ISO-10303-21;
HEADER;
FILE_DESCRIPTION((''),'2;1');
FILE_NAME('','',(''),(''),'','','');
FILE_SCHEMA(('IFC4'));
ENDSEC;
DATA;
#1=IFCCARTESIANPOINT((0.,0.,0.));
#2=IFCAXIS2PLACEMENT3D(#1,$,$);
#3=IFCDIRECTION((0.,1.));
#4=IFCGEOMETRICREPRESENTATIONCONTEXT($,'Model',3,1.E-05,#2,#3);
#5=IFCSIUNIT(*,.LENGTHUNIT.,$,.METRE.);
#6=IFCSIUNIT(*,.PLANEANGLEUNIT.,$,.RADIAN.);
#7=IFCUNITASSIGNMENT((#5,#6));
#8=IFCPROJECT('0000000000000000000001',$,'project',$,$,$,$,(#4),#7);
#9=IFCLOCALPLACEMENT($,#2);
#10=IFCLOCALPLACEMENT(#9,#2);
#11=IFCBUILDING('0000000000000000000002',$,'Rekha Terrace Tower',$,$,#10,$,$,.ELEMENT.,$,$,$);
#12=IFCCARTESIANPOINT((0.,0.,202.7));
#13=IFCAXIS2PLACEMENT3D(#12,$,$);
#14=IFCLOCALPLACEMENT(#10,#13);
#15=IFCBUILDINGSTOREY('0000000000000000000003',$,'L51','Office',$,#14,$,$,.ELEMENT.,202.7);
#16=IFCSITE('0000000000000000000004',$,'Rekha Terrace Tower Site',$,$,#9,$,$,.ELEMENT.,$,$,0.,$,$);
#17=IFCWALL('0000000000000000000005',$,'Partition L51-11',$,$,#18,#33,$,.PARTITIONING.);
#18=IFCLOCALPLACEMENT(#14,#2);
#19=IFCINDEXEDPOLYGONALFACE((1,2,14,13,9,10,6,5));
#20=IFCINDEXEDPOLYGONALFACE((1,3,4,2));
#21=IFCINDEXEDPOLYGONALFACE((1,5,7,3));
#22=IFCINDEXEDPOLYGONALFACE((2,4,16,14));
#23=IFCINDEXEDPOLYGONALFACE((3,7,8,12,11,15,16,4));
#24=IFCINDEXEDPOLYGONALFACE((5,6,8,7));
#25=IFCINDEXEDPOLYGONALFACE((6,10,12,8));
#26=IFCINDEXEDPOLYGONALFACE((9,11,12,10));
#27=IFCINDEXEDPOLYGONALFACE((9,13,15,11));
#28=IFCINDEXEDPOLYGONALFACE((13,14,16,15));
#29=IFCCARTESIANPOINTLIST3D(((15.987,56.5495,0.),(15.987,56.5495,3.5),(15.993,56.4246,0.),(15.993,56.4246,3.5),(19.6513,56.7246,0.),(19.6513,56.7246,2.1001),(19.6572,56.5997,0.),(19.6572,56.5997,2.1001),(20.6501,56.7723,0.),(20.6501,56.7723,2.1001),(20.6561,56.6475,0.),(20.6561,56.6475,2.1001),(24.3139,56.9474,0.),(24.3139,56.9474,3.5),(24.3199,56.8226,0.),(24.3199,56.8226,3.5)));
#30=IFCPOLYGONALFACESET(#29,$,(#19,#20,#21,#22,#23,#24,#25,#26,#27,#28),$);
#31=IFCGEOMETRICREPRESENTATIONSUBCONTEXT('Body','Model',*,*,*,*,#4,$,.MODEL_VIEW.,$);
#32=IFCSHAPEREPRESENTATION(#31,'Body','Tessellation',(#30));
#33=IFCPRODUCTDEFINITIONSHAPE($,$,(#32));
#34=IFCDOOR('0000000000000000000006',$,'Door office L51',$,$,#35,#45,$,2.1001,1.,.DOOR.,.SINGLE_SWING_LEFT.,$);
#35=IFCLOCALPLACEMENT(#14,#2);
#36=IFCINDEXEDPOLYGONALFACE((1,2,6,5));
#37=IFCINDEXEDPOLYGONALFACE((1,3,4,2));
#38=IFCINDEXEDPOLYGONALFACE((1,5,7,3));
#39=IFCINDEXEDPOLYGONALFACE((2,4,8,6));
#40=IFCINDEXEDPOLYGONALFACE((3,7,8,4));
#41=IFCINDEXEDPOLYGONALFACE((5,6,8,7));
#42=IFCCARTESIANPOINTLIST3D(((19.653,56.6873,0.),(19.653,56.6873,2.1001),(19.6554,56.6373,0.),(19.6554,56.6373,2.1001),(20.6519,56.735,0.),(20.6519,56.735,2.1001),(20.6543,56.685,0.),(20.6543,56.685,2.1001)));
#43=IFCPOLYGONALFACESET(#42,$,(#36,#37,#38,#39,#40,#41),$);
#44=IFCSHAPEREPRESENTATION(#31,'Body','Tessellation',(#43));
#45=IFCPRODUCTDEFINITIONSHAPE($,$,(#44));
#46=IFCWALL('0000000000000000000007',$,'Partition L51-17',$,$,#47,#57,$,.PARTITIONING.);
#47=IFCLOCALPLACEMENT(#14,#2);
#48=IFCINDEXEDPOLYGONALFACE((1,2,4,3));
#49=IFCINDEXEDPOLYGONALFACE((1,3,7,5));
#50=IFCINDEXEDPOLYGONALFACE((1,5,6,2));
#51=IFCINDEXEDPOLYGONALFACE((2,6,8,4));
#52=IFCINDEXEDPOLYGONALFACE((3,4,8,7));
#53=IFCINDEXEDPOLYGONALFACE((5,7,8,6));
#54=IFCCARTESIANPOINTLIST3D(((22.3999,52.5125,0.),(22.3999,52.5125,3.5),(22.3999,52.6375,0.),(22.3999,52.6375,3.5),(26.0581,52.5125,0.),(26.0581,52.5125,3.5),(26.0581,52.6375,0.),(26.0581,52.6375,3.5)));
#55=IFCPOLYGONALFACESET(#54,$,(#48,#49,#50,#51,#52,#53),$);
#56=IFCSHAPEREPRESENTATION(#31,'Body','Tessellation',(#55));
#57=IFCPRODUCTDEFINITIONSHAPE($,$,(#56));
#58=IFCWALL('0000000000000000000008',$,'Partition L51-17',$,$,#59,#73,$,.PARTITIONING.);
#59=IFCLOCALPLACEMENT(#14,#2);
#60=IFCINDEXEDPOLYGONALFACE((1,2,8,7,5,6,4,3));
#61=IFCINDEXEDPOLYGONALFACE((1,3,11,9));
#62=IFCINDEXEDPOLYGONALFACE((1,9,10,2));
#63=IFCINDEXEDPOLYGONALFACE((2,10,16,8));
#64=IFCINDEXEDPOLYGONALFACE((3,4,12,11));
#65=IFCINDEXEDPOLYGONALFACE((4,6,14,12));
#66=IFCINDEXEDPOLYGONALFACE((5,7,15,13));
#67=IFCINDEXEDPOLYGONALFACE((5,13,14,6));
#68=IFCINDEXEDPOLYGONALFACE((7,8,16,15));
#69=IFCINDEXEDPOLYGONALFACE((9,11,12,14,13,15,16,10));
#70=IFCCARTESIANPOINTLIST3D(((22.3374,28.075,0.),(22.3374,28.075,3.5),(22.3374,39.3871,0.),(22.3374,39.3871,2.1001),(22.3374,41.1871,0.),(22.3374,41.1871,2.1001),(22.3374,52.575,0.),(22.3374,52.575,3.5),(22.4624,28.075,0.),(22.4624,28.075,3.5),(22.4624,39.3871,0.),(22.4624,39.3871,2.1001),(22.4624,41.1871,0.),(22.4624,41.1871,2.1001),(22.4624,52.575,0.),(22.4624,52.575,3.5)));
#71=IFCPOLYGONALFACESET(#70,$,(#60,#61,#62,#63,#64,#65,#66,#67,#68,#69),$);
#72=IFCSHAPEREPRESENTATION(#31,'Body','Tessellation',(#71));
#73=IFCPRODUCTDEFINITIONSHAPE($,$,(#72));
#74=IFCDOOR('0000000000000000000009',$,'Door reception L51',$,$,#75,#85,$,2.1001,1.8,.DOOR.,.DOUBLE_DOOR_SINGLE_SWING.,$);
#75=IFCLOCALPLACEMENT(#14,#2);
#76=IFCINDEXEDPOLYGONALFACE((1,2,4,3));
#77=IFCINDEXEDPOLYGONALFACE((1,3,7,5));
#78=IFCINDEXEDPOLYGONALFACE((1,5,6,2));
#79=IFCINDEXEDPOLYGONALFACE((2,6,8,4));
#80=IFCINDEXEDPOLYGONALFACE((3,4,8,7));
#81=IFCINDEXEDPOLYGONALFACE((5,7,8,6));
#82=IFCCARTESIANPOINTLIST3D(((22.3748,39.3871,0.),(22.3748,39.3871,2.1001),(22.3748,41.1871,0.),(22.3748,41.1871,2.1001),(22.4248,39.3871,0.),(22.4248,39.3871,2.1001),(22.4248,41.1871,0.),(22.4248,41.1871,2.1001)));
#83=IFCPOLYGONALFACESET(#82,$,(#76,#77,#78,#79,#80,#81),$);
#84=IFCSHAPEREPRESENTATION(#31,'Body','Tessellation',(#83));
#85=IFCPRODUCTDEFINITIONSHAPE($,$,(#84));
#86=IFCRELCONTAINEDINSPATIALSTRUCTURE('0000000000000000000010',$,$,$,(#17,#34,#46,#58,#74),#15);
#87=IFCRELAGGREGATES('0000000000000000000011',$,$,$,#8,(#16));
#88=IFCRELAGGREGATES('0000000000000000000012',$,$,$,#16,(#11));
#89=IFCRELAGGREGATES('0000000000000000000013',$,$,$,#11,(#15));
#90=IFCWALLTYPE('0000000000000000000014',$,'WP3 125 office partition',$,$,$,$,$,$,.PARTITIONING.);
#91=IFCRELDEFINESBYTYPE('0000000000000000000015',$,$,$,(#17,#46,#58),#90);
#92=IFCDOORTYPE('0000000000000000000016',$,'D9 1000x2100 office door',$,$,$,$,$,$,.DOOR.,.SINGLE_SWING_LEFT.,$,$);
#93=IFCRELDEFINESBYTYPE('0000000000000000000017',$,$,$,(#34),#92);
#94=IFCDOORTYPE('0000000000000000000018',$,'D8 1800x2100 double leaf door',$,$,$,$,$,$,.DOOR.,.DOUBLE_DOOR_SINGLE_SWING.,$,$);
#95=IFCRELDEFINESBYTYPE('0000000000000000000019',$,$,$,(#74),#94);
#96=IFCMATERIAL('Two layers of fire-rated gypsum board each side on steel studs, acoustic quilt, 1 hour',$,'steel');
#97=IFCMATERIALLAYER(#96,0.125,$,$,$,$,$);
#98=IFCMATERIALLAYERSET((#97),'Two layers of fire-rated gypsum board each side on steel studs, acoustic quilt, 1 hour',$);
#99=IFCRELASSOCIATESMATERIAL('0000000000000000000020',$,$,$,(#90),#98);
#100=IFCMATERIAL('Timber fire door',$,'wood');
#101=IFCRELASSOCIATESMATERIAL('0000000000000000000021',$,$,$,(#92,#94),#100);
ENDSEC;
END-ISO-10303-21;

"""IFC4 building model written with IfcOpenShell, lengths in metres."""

from ifc_helpers import new_model, si_unit, direction, frame, frame_2d, origin, place, context, subcontext, project, spatial, rectangle, extrude, material, layer, layer_set, type_object, element, fill, save


model = new_model("IFC4")

# Units and contexts
model_context = context("Model", 3, precision=1e-05, world=origin(), true_north=direction((0.0, 1.0)))
body_context = subcontext(model_context, "Body", "Model", "MODEL_VIEW")
ifc_project = project(units=[si_unit("LENGTHUNIT", "METRE"), si_unit("PLANEANGLEUNIT", "RADIAN")], contexts=[model_context])

# Site, building, storey
site_placement = place(None, origin())
site = spatial("IfcSite", under=ifc_project, at=site_placement, Name="Rekha Terrace Tower Site", CompositionType="ELEMENT", RefElevation=0.0)
building_placement = place(site_placement, origin())
building = spatial("IfcBuilding", under=site, at=building_placement, Name="Rekha Terrace Tower", CompositionType="ELEMENT")
storey_placement = place(building_placement, frame((0.0, 0.0, 202.7)))
storey = spatial("IfcBuildingStorey", under=building, at=storey_placement, Name="L51", Description="Office", CompositionType="ELEMENT", Elevation=202.7)

# Shared definitions
ifc_material_1 = material(Name="Two layers of fire-rated gypsum board each side on steel studs, acoustic quilt, 1 hour", Category="steel")
ifc_layer_1 = layer(ifc_material_1, 0.125)
ifc_layer_set_1 = layer_set([ifc_layer_1], Name="Two layers of fire-rated gypsum board each side on steel studs, acoustic quilt, 1 hour")
wall_type_1 = type_object("IfcWallType", Name="WP3 125 office partition", PredefinedType="PARTITIONING", material=ifc_layer_set_1)

# Shared definitions
ifc_material_2 = material(Name="Timber fire door", Category="wood")
door_type_1 = type_object("IfcDoorType", Name="D9 1000x2100 office door", OperationType="SINGLE_SWING_LEFT", PredefinedType="DOOR", material=ifc_material_2)

# Wall, opening, door
wall_1_placement = place(storey_placement, frame((24.3169, 56.885, 0.0), z_axis=(0.0, 0.0, 1.0), x_axis=(-0.99886, -0.047736, 0.0)))
wall_1 = element("IfcWall", 1, at=wall_1_placement, inside=storey, type_object=wall_type_1, Name="Partition L51-11", PredefinedType="PARTITIONING", context=body_context, shape_type="SweptSolid", body=[
    extrude(rectangle(XDim=8.3364, YDim=0.125, at=frame_2d((4.1682, 0.0))), origin(), (0.0, 0.0, 1.0), 3.5),
])
opening_1_placement = place(wall_1_placement, frame((3.668, 0.0, 0.0)))
opening_1 = element("IfcOpeningElement", 2, at=opening_1_placement, cuts=wall_1, PredefinedType="OPENING", context=body_context, shape_type="SweptSolid", body=[
    extrude(rectangle(XDim=1.0, YDim=2.1001, at=frame_2d((0.5, 1.05))), frame((0.0, 0.0725, 0.0), z_axis=(0.0, -1.0, 0.0), x_axis=(1.0, 0.0, 0.0)), (0.0, 0.0, 1.0), 0.145),
])
door_1_placement = place(opening_1_placement, origin())
door_1 = element("IfcDoor", 3, at=door_1_placement, inside=storey, type_object=door_type_1, Name="Door office L51", OperationType="SINGLE_SWING_LEFT", OverallHeight=2.1001, OverallWidth=1.0, PredefinedType="DOOR", context=body_context, shape_type="SweptSolid", body=[
    extrude(rectangle(XDim=1.0, YDim=2.1001, at=frame_2d((0.5, 1.05))), frame((0.0, 0.0249, 0.0), z_axis=(0.0, -1.0, 0.0), x_axis=(1.0, 0.0, 0.0)), (0.0, 0.0, 1.0), 0.05),
])
fill(opening_1, door_1)

# Wall
wall_2_placement = place(storey_placement, frame((26.0581, 52.575, 0.0), z_axis=(0.0, 0.0, 1.0), x_axis=(-1.0, 0.0, 0.0)))
element("IfcWall", 4, at=wall_2_placement, inside=storey, type_object=wall_type_1, Name="Partition L51-17", PredefinedType="PARTITIONING", context=body_context, shape_type="SweptSolid", body=[
    extrude(rectangle(XDim=3.6582, YDim=0.125, at=frame_2d((1.8291, 0.0))), origin(), (0.0, 0.0, 1.0), 3.5),
])

# Wall, opening, door
wall_3_placement = place(storey_placement, frame((22.3999, 52.575, 0.0), z_axis=(0.0, 0.0, 1.0), x_axis=(0.0, -1.0, 0.0)))
wall_3 = element("IfcWall", 5, at=wall_3_placement, inside=storey, type_object=wall_type_1, Name="Partition L51-17", PredefinedType="PARTITIONING", context=body_context, shape_type="SweptSolid", body=[
    extrude(rectangle(XDim=24.5, YDim=0.125, at=frame_2d((12.25, 0.0))), origin(), (0.0, 0.0, 1.0), 3.5),
])
opening_2_placement = place(wall_3_placement, frame((11.3879, 0.0, 0.0)))
opening_2 = element("IfcOpeningElement", 6, at=opening_2_placement, cuts=wall_3, PredefinedType="OPENING", context=body_context, shape_type="SweptSolid", body=[
    extrude(rectangle(XDim=1.8, YDim=2.1001, at=frame_2d((0.8999, 1.05))), frame((0.0, 0.0725, 0.0), z_axis=(0.0, -1.0, 0.0), x_axis=(1.0, 0.0, 0.0)), (0.0, 0.0, 1.0), 0.145),
])
door_type_2 = type_object("IfcDoorType", Name="D8 1800x2100 double leaf door", OperationType="DOUBLE_DOOR_SINGLE_SWING", PredefinedType="DOOR", material=ifc_material_2)
door_2_placement = place(opening_2_placement, origin())
door_2 = element("IfcDoor", 7, at=door_2_placement, inside=storey, type_object=door_type_2, Name="Door reception L51", OperationType="DOUBLE_DOOR_SINGLE_SWING", OverallHeight=2.1001, OverallWidth=1.8, PredefinedType="DOOR", context=body_context, shape_type="SweptSolid", body=[
    extrude(rectangle(XDim=1.8, YDim=2.1001, at=frame_2d((0.8999, 1.05))), frame((0.0, 0.0249, 0.0), z_axis=(0.0, -1.0, 0.0), x_axis=(1.0, 0.0, 0.0)), (0.0, 0.0, 1.0), 0.05),
])
fill(opening_2, door_2)

save(model, "model.ifc")
